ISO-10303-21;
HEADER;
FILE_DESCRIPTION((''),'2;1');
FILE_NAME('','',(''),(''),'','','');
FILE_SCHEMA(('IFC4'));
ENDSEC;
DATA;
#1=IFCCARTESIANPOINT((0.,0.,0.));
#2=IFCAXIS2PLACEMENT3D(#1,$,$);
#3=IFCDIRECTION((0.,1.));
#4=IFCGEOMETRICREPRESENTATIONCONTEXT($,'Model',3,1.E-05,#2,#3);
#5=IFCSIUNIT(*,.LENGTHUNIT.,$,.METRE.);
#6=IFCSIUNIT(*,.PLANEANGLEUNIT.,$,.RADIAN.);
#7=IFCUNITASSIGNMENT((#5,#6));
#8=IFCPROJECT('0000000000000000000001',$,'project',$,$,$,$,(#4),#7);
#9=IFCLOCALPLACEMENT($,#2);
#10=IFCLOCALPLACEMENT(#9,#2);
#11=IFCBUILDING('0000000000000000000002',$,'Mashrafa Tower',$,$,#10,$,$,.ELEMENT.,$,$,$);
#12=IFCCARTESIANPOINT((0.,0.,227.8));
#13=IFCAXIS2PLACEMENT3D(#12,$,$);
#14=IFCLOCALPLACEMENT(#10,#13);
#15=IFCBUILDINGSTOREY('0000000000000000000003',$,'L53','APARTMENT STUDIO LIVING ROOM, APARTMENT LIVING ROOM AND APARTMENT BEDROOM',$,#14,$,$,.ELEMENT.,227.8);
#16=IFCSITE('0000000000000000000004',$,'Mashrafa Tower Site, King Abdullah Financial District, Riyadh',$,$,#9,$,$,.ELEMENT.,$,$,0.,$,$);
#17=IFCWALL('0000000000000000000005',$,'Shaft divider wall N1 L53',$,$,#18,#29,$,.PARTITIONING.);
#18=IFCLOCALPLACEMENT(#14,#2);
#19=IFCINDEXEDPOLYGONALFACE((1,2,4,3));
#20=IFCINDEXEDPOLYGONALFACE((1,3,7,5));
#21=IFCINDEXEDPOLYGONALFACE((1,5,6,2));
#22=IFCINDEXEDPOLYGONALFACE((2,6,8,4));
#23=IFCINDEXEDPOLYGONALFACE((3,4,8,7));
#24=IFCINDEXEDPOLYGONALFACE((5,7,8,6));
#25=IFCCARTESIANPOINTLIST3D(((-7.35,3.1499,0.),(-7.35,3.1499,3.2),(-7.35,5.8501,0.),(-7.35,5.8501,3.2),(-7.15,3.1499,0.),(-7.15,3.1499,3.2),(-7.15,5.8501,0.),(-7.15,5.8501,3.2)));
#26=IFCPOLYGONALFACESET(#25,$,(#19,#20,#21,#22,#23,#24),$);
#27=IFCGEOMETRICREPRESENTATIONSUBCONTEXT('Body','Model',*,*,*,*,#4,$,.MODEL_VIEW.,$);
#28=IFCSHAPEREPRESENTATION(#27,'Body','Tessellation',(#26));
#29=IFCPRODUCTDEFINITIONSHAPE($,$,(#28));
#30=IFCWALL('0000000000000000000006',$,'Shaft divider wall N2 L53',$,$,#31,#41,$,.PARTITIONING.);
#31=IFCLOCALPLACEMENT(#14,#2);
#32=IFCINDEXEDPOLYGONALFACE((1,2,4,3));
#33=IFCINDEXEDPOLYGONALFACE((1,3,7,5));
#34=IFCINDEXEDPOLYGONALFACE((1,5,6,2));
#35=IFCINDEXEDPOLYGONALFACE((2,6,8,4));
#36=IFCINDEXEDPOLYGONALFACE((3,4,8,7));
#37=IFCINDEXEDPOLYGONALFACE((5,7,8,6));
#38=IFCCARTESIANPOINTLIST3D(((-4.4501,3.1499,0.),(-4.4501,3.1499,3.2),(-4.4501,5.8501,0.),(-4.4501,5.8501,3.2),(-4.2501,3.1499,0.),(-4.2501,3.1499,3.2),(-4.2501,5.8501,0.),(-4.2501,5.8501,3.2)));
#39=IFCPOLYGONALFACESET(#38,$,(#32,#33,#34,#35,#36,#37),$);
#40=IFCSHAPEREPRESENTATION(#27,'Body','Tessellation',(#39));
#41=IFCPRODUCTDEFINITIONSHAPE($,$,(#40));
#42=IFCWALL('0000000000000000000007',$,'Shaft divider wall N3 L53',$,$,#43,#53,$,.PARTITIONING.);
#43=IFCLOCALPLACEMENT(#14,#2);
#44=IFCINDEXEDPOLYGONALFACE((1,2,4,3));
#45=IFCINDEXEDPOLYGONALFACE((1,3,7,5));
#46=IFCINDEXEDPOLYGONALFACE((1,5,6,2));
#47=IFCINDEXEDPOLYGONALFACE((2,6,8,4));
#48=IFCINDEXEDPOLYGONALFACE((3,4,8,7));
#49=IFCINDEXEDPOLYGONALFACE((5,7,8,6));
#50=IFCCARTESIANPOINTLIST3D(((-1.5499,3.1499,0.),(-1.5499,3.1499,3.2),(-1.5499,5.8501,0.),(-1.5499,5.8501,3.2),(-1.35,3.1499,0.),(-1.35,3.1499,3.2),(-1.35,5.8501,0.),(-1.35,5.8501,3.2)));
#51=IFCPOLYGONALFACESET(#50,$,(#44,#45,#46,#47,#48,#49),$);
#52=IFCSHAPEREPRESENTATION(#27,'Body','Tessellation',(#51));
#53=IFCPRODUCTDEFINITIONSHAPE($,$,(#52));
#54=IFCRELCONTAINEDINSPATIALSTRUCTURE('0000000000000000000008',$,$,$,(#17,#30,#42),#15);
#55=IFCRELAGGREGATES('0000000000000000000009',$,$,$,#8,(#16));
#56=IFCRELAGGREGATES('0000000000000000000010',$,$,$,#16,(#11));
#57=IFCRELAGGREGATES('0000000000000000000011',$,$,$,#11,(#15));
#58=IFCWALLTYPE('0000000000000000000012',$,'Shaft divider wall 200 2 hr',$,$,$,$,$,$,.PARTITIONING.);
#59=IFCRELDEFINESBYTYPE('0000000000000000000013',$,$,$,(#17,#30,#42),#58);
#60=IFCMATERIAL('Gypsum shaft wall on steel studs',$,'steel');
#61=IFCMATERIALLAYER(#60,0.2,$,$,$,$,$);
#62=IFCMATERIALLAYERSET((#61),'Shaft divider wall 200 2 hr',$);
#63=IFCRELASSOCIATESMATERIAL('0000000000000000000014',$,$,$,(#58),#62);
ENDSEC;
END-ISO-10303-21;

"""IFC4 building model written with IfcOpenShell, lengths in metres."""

from ifc_helpers import new_model, si_unit, direction, frame, frame_2d, origin, place, context, subcontext, project, spatial, rectangle, extrude, material, layer, layer_set, type_object, element, save


model = new_model("IFC4")

# Units and contexts
model_context = context("Model", 3, precision=1e-05, world=origin(), true_north=direction((0.0, 1.0)))
body_context = subcontext(model_context, "Body", "Model", "MODEL_VIEW")
ifc_project = project(units=[si_unit("LENGTHUNIT", "METRE"), si_unit("PLANEANGLEUNIT", "RADIAN")], contexts=[model_context])

# Site, building, storey
site_placement = place(None, origin())
site = spatial("IfcSite", under=ifc_project, at=site_placement, Name="Mashrafa Tower Site, King Abdullah Financial District, Riyadh", CompositionType="ELEMENT", RefElevation=0.0)
building_placement = place(site_placement, origin())
building = spatial("IfcBuilding", under=site, at=building_placement, Name="Mashrafa Tower", CompositionType="ELEMENT")
storey_placement = place(building_placement, frame((0.0, 0.0, 227.8)))
storey = spatial("IfcBuildingStorey", under=building, at=storey_placement, Name="L53", Description="APARTMENT STUDIO LIVING ROOM, APARTMENT LIVING ROOM AND APARTMENT BEDROOM", CompositionType="ELEMENT", Elevation=227.8)

# Walls
ifc_material_1 = material(Name="Gypsum shaft wall on steel studs", Category="steel")
ifc_layer_1 = layer(ifc_material_1, 0.2)
ifc_layer_set_1 = layer_set([ifc_layer_1], Name="Shaft divider wall 200 2 hr")
wall_type_1 = type_object("IfcWallType", Name="Shaft divider wall 200 2 hr", PredefinedType="PARTITIONING", material=ifc_layer_set_1)
for number, where, z_axis, x_axis, name in (
    (1, (-7.25, 3.1499, 0.0), (0.0, 0.0, 1.0), (0.0, 1.0, 0.0), "Shaft divider wall N1 L53"),
    (2, (-4.3501, 3.1499, 0.0), (0.0, 0.0, 1.0), (0.0, 1.0, 0.0), "Shaft divider wall N2 L53"),
    (3, (-1.45, 3.1499, 0.0), (0.0, 0.0, 1.0), (0.0, 1.0, 0.0), "Shaft divider wall N3 L53"),
):
    element("IfcWall", number, at=place(storey_placement, frame(where, z_axis=z_axis, x_axis=x_axis)), inside=storey, type_object=wall_type_1, Name=name, PredefinedType="PARTITIONING", context=body_context, shape_type="SweptSolid", body=[
        extrude(rectangle(XDim=2.7002, YDim=0.2, at=frame_2d((1.3501, 0.0))), origin(), (0.0, 0.0, 1.0), 3.2),
    ])

save(model, "model.ifc")
